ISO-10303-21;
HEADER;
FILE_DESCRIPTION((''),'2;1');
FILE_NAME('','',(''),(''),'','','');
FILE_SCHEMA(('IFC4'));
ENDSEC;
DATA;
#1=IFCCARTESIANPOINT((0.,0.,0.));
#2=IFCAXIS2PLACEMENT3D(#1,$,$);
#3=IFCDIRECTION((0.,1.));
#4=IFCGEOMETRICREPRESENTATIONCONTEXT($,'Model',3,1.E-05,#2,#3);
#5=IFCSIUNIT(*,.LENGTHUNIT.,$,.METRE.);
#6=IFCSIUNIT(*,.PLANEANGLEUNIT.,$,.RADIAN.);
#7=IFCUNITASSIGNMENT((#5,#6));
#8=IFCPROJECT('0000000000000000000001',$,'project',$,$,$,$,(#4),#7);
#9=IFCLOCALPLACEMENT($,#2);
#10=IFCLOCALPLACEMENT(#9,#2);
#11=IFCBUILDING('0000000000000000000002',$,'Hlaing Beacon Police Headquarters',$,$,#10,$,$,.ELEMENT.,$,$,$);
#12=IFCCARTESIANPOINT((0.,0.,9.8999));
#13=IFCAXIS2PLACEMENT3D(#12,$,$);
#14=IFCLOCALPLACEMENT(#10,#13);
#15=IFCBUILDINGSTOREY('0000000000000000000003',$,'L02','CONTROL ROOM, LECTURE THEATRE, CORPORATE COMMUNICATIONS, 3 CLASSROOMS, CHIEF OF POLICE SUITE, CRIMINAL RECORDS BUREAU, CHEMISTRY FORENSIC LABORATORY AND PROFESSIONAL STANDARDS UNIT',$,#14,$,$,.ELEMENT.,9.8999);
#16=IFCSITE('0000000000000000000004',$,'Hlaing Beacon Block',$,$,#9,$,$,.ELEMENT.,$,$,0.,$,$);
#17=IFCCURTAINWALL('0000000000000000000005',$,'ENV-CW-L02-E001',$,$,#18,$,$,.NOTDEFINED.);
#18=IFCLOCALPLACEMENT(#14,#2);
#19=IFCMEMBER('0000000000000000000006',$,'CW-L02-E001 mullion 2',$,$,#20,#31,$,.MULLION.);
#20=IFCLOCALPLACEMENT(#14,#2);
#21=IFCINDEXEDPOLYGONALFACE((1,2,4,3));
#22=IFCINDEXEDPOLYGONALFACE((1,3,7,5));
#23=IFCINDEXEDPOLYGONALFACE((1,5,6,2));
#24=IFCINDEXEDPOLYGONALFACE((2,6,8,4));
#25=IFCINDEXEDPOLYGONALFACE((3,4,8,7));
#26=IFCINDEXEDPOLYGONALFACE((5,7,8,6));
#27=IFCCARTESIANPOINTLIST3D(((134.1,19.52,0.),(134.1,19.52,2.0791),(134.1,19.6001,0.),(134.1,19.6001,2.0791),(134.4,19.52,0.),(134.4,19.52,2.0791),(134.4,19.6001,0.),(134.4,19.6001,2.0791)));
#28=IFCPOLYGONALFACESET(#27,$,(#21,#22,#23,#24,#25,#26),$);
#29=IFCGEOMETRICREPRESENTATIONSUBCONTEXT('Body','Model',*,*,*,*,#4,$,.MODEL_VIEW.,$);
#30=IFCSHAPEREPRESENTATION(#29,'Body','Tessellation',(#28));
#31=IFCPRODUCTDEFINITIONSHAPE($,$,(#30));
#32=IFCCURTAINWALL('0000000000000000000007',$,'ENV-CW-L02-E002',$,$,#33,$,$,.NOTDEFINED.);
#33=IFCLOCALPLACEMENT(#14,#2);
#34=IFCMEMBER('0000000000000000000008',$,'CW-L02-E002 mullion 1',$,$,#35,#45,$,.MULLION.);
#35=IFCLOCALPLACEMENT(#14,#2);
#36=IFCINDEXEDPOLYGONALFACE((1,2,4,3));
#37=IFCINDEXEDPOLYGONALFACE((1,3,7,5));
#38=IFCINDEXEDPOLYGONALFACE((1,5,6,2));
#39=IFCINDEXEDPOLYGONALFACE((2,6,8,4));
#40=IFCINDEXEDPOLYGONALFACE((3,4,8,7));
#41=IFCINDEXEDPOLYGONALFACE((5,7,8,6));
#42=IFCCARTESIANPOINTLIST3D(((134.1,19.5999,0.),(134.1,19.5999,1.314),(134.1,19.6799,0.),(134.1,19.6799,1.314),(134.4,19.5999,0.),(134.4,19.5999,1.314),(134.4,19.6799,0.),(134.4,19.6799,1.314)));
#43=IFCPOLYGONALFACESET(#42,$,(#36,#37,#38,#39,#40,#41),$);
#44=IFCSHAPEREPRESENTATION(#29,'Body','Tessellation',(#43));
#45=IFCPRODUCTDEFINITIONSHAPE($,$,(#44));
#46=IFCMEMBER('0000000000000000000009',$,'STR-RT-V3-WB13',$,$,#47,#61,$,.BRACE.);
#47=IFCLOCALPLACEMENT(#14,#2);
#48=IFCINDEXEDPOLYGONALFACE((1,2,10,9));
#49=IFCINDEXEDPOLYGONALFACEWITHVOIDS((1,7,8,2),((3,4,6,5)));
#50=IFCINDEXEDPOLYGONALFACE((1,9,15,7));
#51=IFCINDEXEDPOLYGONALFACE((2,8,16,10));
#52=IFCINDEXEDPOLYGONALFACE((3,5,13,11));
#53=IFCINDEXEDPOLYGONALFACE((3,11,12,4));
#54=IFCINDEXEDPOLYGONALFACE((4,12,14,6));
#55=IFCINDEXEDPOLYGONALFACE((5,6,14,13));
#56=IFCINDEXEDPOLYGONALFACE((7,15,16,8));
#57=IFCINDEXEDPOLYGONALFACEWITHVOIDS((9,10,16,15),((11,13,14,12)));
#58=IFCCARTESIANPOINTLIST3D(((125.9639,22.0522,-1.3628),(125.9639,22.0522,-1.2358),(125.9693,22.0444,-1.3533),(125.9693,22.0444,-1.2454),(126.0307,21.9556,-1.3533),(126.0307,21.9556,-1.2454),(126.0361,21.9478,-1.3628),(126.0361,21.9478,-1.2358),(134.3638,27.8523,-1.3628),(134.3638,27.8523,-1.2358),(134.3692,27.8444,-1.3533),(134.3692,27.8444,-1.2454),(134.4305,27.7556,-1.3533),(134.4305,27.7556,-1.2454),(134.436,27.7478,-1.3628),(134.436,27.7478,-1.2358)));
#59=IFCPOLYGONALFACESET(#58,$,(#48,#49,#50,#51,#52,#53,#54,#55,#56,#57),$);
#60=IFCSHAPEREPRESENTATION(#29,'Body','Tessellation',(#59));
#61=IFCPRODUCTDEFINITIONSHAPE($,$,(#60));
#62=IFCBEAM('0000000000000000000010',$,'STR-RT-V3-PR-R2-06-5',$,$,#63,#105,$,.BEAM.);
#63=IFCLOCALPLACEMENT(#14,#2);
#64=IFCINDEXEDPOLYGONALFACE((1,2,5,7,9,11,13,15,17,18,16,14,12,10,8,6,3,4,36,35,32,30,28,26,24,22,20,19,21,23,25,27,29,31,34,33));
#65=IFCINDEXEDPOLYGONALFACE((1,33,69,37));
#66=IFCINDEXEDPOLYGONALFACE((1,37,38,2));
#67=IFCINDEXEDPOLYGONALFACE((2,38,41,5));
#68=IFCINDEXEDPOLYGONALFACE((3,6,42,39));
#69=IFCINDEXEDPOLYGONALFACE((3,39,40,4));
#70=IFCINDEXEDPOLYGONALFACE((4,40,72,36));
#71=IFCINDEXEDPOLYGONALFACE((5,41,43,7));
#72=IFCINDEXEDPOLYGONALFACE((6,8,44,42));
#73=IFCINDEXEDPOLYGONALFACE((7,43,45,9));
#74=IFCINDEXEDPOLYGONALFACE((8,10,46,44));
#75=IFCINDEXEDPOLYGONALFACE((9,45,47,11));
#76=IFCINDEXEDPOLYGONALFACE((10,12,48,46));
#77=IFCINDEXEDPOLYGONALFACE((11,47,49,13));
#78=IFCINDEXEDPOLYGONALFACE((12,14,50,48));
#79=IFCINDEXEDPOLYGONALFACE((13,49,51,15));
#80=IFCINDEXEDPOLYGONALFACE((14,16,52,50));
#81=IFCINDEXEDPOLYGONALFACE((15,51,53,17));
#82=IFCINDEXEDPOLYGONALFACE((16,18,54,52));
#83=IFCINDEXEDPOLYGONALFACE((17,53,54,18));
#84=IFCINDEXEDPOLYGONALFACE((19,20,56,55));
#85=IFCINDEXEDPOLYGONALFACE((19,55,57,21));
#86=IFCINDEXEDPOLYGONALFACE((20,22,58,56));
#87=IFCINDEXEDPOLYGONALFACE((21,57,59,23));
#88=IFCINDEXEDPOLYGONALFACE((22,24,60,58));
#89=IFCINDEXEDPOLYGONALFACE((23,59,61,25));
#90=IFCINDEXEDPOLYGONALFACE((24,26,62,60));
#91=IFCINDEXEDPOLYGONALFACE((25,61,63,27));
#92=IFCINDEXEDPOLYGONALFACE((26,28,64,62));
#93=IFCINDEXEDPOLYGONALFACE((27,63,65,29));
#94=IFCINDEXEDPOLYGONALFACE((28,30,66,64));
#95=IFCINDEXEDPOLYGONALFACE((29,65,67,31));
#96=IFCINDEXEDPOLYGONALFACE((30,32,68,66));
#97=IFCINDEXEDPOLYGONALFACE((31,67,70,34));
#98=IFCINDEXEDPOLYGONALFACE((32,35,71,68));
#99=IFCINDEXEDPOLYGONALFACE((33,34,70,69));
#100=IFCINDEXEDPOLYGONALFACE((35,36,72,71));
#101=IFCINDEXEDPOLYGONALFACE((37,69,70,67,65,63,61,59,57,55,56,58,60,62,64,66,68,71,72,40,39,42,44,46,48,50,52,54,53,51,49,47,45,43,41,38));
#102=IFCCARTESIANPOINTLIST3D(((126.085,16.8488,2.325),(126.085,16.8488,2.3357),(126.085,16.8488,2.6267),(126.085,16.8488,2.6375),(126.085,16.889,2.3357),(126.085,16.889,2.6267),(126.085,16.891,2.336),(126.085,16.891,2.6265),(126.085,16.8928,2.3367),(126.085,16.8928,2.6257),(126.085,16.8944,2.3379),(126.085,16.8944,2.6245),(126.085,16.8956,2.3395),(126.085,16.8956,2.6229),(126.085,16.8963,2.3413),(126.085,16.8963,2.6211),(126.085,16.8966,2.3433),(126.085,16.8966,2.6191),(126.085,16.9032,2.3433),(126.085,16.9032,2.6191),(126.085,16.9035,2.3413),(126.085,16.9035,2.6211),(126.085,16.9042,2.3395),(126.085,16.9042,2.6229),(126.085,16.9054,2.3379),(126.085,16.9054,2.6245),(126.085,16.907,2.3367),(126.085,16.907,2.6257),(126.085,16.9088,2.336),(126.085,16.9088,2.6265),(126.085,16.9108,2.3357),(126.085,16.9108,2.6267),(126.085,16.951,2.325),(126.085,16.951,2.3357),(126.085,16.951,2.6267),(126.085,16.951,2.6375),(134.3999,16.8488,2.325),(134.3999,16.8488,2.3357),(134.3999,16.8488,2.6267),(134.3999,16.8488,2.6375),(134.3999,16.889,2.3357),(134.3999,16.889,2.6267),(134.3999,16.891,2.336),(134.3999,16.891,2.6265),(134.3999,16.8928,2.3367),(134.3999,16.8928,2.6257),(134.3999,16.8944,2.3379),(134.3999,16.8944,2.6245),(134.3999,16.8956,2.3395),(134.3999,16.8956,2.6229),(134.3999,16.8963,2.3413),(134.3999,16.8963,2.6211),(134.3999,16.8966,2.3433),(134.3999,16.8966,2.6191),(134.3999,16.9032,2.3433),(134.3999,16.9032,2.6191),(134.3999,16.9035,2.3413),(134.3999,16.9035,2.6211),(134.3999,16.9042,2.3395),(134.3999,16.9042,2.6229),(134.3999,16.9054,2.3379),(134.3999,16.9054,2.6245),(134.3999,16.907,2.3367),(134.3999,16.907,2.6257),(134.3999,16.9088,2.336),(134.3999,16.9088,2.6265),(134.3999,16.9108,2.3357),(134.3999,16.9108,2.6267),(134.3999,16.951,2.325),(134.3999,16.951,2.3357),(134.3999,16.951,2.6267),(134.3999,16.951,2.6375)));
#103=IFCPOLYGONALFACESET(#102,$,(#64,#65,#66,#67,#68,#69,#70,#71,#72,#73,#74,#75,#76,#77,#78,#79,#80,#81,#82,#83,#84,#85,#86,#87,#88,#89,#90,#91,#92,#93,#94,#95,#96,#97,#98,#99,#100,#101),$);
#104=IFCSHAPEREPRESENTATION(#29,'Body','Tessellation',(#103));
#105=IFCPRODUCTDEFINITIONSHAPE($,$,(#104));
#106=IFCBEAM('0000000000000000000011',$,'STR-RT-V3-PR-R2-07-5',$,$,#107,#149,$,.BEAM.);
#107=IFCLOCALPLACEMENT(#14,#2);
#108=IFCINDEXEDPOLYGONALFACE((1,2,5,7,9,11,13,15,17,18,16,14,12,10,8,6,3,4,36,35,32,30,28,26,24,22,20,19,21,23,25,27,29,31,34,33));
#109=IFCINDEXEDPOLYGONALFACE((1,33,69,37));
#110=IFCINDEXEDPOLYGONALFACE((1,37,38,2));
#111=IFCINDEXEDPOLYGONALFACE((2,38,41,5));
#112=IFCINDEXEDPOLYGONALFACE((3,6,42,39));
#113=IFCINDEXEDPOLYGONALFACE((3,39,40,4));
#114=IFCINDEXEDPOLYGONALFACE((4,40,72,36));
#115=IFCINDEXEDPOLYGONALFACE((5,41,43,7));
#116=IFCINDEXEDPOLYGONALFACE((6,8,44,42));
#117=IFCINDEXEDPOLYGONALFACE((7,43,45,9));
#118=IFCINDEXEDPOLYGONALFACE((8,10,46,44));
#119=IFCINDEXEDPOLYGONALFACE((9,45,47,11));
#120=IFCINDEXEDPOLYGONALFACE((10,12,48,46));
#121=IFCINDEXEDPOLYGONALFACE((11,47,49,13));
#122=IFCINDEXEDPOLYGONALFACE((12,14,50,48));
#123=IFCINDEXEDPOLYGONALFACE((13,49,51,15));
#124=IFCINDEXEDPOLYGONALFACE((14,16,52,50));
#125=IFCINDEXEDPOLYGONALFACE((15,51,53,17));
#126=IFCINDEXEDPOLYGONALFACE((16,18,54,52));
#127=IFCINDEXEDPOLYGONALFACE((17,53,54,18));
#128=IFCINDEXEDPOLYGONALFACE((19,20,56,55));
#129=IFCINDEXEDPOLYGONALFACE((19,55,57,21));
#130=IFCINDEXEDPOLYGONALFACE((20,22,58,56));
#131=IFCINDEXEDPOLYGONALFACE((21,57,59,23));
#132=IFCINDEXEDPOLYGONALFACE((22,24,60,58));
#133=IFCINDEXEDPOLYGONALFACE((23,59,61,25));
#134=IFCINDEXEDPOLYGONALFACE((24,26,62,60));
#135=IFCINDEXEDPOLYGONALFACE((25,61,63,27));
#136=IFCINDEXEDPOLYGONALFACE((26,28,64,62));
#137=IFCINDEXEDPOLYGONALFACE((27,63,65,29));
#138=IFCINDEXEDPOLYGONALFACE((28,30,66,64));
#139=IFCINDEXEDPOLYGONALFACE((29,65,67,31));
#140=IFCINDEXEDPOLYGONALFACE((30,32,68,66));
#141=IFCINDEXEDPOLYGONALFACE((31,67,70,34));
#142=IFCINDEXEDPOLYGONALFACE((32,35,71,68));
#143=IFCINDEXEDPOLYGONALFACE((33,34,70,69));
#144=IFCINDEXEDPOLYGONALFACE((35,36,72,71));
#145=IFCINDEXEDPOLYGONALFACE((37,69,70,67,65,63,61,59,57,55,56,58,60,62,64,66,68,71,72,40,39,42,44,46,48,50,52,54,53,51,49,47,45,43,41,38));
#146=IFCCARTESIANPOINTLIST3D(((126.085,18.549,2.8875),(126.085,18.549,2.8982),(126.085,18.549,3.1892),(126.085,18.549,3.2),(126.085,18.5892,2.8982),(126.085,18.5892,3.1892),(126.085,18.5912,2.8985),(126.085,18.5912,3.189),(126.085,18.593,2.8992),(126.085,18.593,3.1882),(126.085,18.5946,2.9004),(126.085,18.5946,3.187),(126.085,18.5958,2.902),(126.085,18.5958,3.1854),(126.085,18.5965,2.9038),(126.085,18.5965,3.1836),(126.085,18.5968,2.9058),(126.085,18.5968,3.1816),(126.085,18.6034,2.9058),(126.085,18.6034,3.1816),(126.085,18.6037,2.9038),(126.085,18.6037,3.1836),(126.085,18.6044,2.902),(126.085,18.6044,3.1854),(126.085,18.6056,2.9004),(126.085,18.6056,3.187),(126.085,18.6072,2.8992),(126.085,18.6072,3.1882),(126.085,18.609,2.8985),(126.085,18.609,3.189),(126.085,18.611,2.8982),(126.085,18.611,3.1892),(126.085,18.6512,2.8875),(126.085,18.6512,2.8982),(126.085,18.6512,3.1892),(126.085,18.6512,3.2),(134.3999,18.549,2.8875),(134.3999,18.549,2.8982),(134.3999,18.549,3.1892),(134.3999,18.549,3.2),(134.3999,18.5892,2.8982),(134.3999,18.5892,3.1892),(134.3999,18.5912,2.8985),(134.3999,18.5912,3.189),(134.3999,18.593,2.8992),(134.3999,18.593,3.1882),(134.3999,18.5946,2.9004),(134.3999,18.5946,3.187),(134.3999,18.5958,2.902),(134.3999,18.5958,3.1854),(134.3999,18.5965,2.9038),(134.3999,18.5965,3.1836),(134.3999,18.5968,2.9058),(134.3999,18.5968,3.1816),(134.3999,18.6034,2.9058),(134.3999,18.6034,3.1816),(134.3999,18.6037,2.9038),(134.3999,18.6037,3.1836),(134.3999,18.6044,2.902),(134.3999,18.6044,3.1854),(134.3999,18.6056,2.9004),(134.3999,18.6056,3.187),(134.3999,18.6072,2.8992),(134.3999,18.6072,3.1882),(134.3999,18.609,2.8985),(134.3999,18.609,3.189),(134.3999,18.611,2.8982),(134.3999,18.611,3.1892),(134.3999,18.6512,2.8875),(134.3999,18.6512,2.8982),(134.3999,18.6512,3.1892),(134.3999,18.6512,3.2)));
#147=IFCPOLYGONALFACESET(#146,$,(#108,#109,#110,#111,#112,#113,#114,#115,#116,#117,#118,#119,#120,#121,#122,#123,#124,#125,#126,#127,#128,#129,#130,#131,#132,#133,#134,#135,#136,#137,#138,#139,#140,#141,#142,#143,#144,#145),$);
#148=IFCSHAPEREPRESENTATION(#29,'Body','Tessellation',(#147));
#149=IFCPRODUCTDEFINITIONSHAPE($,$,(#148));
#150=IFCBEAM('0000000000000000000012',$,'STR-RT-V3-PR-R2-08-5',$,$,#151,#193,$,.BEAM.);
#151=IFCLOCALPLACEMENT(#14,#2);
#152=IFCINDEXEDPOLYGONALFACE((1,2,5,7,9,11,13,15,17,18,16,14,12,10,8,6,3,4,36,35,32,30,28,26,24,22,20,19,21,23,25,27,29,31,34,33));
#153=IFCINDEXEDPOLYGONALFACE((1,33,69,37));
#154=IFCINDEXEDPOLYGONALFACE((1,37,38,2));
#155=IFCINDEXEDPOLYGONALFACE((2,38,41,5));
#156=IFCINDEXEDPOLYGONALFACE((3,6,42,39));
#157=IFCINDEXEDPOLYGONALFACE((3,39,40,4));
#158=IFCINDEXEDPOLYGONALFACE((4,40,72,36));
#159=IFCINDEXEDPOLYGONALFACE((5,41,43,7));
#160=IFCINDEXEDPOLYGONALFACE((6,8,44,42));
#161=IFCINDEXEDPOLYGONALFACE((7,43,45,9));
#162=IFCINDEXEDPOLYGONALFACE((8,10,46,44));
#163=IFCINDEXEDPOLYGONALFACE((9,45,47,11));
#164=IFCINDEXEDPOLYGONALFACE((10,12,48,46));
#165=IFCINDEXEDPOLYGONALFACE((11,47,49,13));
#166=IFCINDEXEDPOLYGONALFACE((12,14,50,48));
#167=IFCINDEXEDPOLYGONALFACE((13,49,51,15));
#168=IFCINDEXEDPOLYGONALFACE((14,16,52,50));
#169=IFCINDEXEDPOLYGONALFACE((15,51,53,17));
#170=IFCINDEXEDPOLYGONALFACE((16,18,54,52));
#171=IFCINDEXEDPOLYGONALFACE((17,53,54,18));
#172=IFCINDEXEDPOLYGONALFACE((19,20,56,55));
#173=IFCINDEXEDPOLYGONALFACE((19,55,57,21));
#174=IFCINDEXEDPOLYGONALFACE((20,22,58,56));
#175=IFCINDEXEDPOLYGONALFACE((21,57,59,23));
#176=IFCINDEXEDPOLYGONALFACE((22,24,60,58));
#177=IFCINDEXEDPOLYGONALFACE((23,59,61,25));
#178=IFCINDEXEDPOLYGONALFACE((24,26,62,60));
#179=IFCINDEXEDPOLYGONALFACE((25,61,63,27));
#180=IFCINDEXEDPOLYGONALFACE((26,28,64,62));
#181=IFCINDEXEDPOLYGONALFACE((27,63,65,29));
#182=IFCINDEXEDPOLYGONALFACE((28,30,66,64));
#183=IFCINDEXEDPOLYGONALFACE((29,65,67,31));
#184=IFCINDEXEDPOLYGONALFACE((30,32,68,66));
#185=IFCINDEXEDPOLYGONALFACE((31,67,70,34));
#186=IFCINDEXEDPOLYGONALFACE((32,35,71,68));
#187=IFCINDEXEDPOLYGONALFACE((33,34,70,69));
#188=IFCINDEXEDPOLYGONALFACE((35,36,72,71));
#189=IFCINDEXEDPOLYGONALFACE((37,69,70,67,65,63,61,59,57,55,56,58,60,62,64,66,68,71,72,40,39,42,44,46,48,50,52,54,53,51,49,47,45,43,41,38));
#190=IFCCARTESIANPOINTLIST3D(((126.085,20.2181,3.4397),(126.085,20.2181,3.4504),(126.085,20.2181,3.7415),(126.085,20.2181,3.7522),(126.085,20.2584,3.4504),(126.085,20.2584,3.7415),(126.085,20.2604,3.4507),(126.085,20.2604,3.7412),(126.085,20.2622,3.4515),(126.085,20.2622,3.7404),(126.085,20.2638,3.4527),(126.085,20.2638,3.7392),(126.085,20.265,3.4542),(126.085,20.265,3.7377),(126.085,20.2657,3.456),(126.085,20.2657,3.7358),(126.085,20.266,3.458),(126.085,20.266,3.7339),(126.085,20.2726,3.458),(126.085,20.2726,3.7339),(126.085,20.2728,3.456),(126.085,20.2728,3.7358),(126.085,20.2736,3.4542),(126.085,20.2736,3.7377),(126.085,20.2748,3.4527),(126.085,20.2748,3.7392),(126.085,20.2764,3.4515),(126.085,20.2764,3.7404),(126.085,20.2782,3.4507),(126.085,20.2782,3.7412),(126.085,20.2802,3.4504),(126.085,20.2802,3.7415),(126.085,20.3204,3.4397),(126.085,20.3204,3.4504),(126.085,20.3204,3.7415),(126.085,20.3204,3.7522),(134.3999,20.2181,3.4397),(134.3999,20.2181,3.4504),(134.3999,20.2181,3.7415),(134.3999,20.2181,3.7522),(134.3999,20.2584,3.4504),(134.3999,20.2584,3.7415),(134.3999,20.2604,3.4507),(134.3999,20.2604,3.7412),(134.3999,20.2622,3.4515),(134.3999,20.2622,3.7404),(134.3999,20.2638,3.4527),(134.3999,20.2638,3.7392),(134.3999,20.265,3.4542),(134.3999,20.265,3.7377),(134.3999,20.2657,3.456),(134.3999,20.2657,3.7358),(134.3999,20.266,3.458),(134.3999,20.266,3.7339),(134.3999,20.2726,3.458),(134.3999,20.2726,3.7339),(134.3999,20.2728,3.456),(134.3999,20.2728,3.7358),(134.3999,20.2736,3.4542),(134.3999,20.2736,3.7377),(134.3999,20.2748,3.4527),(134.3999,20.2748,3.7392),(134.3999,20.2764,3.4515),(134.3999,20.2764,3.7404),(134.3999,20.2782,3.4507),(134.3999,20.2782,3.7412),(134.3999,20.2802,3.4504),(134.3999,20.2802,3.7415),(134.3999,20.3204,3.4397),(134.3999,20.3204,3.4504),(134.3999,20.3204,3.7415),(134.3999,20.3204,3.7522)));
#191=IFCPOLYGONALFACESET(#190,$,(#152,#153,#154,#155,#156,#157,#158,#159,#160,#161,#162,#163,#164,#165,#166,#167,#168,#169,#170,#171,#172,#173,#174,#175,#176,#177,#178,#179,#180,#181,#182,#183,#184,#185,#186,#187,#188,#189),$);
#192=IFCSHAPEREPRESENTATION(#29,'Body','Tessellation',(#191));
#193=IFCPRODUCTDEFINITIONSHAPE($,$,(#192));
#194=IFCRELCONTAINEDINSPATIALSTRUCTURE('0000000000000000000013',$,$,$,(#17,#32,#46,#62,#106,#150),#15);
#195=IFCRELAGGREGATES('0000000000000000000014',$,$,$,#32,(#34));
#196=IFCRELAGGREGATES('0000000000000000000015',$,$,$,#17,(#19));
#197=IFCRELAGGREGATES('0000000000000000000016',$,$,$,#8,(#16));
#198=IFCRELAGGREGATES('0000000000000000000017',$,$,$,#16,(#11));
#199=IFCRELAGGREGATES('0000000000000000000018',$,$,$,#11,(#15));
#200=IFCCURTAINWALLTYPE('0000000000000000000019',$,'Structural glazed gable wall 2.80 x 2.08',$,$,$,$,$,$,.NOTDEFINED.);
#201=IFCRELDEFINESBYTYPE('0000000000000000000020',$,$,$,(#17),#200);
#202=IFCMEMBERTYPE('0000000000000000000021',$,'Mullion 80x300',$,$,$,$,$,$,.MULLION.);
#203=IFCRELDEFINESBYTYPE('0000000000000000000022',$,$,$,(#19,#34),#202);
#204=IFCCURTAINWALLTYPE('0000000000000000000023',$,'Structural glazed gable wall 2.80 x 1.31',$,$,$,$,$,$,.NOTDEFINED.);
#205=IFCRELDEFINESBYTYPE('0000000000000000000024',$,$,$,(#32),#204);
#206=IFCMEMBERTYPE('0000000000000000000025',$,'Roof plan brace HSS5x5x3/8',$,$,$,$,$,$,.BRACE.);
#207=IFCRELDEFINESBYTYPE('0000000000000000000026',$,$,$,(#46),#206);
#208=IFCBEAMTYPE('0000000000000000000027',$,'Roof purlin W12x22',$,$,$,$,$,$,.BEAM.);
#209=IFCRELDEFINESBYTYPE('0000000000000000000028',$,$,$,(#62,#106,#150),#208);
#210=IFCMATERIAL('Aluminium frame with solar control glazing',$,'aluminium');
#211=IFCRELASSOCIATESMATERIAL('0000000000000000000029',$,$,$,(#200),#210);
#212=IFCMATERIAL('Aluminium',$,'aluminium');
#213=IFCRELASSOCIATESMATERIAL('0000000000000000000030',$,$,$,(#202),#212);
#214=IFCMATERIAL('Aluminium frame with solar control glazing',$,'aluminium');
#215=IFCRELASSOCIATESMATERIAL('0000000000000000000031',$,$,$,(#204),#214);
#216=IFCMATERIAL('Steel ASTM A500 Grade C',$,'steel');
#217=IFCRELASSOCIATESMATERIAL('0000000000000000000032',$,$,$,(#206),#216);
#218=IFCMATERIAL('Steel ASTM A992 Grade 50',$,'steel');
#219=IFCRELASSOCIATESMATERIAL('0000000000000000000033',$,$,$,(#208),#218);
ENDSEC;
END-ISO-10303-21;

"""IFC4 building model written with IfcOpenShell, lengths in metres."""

from ifc_helpers import new_model, si_unit, direction, frame, origin, origin_2d, place, context, subcontext, project, spatial, rectangle, hollow_rectangle, i_section, extrude, material, material_profile, profile_set, type_object, element, aggregate, save


model = new_model("IFC4")

# Units and contexts
model_context = context("Model", 3, precision=1e-05, world=origin(), true_north=direction((0.0, 1.0)))
body_context = subcontext(model_context, "Body", "Model", "MODEL_VIEW")
ifc_project = project(units=[si_unit("LENGTHUNIT", "METRE"), si_unit("PLANEANGLEUNIT", "RADIAN")], contexts=[model_context])

# Site, building, storey
site_placement = place(None, origin())
site = spatial("IfcSite", under=ifc_project, at=site_placement, Name="Hlaing Beacon Block", CompositionType="ELEMENT", RefElevation=0.0)
building_placement = place(site_placement, origin())
building = spatial("IfcBuilding", under=site, at=building_placement, Name="Hlaing Beacon Police Headquarters", CompositionType="ELEMENT")
storey_placement = place(building_placement, frame((0.0, 0.0, 9.8999)))
storey = spatial("IfcBuildingStorey", under=building, at=storey_placement, Name="L02", Description="CONTROL ROOM, LECTURE THEATRE, CORPORATE COMMUNICATIONS, 3 CLASSROOMS, CHIEF OF POLICE SUITE, CRIMINAL RECORDS BUREAU, CHEMISTRY FORENSIC LABORATORY AND PROFESSIONAL STANDARDS UNIT", CompositionType="ELEMENT", Elevation=9.8999)

# Curtain walls, members
ifc_material_1 = material(Name="Aluminium frame with solar control glazing", Category="aluminium")
curtain_wall_type_1 = type_object("IfcCurtainWallType", Name="Structural glazed gable wall 2.80 x 2.08", PredefinedType="NOTDEFINED", material=ifc_material_1)
curtain_wall_1_placement = place(storey_placement, origin())
curtain_wall_1 = element("IfcCurtainWall", 1, at=curtain_wall_1_placement, inside=storey, type_object=curtain_wall_type_1, Name="ENV-CW-L02-E001", PredefinedType="NOTDEFINED")
ifc_material_2 = material(Name="Aluminium", Category="aluminium")
ifc_material_profile_1 = material_profile(ifc_material_2, rectangle(XDim=0.3, YDim=0.0801, at=origin_2d()), Name="Mullion 80x300")
ifc_profile_set_1 = profile_set([ifc_material_profile_1], Name="Aluminium")
member_type_1 = type_object("IfcMemberType", Name="Mullion 80x300", PredefinedType="MULLION", material=ifc_profile_set_1)
member_1_placement = place(storey_placement, frame((134.25, 19.5601, 0.0), z_axis=(0.0, 0.0, 1.0), x_axis=(-1.0, 0.0, 0.0)))
member_1 = element("IfcMember", 2, at=member_1_placement, type_object=member_type_1, Name="CW-L02-E001 mullion 2", PredefinedType="MULLION", context=body_context, shape_type="SweptSolid", body=[
    extrude(rectangle(XDim=0.3, YDim=0.0801, at=origin_2d()), origin(), (0.0, 0.0, 1.0), 2.0791),
])
ifc_material_3 = material(Name="Aluminium frame with solar control glazing", Category="aluminium")
curtain_wall_type_2 = type_object("IfcCurtainWallType", Name="Structural glazed gable wall 2.80 x 1.31", PredefinedType="NOTDEFINED", material=ifc_material_3)
curtain_wall_2_placement = place(storey_placement, origin())
curtain_wall_2 = element("IfcCurtainWall", 3, at=curtain_wall_2_placement, inside=storey, type_object=curtain_wall_type_2, Name="ENV-CW-L02-E002", PredefinedType="NOTDEFINED")
member_2_placement = place(storey_placement, frame((134.25, 19.6399, 0.0), z_axis=(0.0, 0.0, 1.0), x_axis=(-1.0, 0.0, 0.0)))
member_2 = element("IfcMember", 4, at=member_2_placement, type_object=member_type_1, Name="CW-L02-E002 mullion 1", PredefinedType="MULLION", context=body_context, shape_type="SweptSolid", body=[
    extrude(rectangle(XDim=0.3, YDim=0.0801, at=origin_2d()), origin(), (0.0, 0.0, 1.0), 1.314),
])

# Member
ifc_material_4 = material(Name="Steel ASTM A500 Grade C", Category="steel")
ifc_material_profile_2 = material_profile(ifc_material_4, hollow_rectangle(XDim=0.127, YDim=0.127, WallThickness=0.0095, at=origin_2d()), Name="HSS5x5x3/8")
ifc_profile_set_2 = profile_set([ifc_material_profile_2], Name="Steel ASTM A500 Grade C")
member_type_2 = type_object("IfcMemberType", Name="Roof plan brace HSS5x5x3/8", PredefinedType="BRACE", material=ifc_profile_set_2)
member_3_placement = place(storey_placement, frame((126.0, 22.0, -1.2993), z_axis=(0.822892, 0.568198, 0.0), x_axis=(-0.568198, 0.822892, 0.0)))
element("IfcMember", 5, at=member_3_placement, inside=storey, type_object=member_type_2, Name="STR-RT-V3-WB13", PredefinedType="BRACE", context=body_context, shape_type="SweptSolid", body=[
    extrude(hollow_rectangle(XDim=0.127, YDim=0.127, WallThickness=0.0095, at=origin_2d()), origin(), (0.0, 0.0, 1.0), 10.2078),
])

# Beams
ifc_material_5 = material(Name="Steel ASTM A992 Grade 50", Category="steel")
ifc_material_profile_3 = material_profile(ifc_material_5, i_section(OverallWidth=0.1023, OverallDepth=0.3125, WebThickness=0.0066, FlangeThickness=0.0107, FilletRadius=0.0076, at=origin_2d()), Name="W12x22")
ifc_profile_set_3 = profile_set([ifc_material_profile_3], Name="Steel ASTM A992 Grade 50")
beam_type = type_object("IfcBeamType", Name="Roof purlin W12x22", PredefinedType="BEAM", material=ifc_profile_set_3)
for number, where, z_axis, x_axis, name in (
    (6, (126.085, 16.8999, 2.4812), (1.0, 0.0, 0.0), (0.0, 1.0, 0.0), "STR-RT-V3-PR-R2-06-5"),
    (7, (126.085, 18.6001, 3.0437), (1.0, 0.0, 0.0), (0.0, 1.0, 0.0), "STR-RT-V3-PR-R2-07-5"),
    (8, (126.085, 20.2693, 3.5959), (1.0, 0.0, 0.0), (0.0, 1.0, 0.0), "STR-RT-V3-PR-R2-08-5"),
):
    element("IfcBeam", number, at=place(storey_placement, frame(where, z_axis=z_axis, x_axis=x_axis)), inside=storey, type_object=beam_type, Name=name, PredefinedType="BEAM", context=body_context, shape_type="SweptSolid", body=[
        extrude(i_section(OverallWidth=0.1023, OverallDepth=0.3125, WebThickness=0.0066, FlangeThickness=0.0107, FilletRadius=0.0076, at=origin_2d()), origin(), (0.0, 0.0, 1.0), 8.3149),
    ])

aggregate(curtain_wall_2, [member_2])

aggregate(curtain_wall_1, [member_1])

save(model, "model.ifc")
